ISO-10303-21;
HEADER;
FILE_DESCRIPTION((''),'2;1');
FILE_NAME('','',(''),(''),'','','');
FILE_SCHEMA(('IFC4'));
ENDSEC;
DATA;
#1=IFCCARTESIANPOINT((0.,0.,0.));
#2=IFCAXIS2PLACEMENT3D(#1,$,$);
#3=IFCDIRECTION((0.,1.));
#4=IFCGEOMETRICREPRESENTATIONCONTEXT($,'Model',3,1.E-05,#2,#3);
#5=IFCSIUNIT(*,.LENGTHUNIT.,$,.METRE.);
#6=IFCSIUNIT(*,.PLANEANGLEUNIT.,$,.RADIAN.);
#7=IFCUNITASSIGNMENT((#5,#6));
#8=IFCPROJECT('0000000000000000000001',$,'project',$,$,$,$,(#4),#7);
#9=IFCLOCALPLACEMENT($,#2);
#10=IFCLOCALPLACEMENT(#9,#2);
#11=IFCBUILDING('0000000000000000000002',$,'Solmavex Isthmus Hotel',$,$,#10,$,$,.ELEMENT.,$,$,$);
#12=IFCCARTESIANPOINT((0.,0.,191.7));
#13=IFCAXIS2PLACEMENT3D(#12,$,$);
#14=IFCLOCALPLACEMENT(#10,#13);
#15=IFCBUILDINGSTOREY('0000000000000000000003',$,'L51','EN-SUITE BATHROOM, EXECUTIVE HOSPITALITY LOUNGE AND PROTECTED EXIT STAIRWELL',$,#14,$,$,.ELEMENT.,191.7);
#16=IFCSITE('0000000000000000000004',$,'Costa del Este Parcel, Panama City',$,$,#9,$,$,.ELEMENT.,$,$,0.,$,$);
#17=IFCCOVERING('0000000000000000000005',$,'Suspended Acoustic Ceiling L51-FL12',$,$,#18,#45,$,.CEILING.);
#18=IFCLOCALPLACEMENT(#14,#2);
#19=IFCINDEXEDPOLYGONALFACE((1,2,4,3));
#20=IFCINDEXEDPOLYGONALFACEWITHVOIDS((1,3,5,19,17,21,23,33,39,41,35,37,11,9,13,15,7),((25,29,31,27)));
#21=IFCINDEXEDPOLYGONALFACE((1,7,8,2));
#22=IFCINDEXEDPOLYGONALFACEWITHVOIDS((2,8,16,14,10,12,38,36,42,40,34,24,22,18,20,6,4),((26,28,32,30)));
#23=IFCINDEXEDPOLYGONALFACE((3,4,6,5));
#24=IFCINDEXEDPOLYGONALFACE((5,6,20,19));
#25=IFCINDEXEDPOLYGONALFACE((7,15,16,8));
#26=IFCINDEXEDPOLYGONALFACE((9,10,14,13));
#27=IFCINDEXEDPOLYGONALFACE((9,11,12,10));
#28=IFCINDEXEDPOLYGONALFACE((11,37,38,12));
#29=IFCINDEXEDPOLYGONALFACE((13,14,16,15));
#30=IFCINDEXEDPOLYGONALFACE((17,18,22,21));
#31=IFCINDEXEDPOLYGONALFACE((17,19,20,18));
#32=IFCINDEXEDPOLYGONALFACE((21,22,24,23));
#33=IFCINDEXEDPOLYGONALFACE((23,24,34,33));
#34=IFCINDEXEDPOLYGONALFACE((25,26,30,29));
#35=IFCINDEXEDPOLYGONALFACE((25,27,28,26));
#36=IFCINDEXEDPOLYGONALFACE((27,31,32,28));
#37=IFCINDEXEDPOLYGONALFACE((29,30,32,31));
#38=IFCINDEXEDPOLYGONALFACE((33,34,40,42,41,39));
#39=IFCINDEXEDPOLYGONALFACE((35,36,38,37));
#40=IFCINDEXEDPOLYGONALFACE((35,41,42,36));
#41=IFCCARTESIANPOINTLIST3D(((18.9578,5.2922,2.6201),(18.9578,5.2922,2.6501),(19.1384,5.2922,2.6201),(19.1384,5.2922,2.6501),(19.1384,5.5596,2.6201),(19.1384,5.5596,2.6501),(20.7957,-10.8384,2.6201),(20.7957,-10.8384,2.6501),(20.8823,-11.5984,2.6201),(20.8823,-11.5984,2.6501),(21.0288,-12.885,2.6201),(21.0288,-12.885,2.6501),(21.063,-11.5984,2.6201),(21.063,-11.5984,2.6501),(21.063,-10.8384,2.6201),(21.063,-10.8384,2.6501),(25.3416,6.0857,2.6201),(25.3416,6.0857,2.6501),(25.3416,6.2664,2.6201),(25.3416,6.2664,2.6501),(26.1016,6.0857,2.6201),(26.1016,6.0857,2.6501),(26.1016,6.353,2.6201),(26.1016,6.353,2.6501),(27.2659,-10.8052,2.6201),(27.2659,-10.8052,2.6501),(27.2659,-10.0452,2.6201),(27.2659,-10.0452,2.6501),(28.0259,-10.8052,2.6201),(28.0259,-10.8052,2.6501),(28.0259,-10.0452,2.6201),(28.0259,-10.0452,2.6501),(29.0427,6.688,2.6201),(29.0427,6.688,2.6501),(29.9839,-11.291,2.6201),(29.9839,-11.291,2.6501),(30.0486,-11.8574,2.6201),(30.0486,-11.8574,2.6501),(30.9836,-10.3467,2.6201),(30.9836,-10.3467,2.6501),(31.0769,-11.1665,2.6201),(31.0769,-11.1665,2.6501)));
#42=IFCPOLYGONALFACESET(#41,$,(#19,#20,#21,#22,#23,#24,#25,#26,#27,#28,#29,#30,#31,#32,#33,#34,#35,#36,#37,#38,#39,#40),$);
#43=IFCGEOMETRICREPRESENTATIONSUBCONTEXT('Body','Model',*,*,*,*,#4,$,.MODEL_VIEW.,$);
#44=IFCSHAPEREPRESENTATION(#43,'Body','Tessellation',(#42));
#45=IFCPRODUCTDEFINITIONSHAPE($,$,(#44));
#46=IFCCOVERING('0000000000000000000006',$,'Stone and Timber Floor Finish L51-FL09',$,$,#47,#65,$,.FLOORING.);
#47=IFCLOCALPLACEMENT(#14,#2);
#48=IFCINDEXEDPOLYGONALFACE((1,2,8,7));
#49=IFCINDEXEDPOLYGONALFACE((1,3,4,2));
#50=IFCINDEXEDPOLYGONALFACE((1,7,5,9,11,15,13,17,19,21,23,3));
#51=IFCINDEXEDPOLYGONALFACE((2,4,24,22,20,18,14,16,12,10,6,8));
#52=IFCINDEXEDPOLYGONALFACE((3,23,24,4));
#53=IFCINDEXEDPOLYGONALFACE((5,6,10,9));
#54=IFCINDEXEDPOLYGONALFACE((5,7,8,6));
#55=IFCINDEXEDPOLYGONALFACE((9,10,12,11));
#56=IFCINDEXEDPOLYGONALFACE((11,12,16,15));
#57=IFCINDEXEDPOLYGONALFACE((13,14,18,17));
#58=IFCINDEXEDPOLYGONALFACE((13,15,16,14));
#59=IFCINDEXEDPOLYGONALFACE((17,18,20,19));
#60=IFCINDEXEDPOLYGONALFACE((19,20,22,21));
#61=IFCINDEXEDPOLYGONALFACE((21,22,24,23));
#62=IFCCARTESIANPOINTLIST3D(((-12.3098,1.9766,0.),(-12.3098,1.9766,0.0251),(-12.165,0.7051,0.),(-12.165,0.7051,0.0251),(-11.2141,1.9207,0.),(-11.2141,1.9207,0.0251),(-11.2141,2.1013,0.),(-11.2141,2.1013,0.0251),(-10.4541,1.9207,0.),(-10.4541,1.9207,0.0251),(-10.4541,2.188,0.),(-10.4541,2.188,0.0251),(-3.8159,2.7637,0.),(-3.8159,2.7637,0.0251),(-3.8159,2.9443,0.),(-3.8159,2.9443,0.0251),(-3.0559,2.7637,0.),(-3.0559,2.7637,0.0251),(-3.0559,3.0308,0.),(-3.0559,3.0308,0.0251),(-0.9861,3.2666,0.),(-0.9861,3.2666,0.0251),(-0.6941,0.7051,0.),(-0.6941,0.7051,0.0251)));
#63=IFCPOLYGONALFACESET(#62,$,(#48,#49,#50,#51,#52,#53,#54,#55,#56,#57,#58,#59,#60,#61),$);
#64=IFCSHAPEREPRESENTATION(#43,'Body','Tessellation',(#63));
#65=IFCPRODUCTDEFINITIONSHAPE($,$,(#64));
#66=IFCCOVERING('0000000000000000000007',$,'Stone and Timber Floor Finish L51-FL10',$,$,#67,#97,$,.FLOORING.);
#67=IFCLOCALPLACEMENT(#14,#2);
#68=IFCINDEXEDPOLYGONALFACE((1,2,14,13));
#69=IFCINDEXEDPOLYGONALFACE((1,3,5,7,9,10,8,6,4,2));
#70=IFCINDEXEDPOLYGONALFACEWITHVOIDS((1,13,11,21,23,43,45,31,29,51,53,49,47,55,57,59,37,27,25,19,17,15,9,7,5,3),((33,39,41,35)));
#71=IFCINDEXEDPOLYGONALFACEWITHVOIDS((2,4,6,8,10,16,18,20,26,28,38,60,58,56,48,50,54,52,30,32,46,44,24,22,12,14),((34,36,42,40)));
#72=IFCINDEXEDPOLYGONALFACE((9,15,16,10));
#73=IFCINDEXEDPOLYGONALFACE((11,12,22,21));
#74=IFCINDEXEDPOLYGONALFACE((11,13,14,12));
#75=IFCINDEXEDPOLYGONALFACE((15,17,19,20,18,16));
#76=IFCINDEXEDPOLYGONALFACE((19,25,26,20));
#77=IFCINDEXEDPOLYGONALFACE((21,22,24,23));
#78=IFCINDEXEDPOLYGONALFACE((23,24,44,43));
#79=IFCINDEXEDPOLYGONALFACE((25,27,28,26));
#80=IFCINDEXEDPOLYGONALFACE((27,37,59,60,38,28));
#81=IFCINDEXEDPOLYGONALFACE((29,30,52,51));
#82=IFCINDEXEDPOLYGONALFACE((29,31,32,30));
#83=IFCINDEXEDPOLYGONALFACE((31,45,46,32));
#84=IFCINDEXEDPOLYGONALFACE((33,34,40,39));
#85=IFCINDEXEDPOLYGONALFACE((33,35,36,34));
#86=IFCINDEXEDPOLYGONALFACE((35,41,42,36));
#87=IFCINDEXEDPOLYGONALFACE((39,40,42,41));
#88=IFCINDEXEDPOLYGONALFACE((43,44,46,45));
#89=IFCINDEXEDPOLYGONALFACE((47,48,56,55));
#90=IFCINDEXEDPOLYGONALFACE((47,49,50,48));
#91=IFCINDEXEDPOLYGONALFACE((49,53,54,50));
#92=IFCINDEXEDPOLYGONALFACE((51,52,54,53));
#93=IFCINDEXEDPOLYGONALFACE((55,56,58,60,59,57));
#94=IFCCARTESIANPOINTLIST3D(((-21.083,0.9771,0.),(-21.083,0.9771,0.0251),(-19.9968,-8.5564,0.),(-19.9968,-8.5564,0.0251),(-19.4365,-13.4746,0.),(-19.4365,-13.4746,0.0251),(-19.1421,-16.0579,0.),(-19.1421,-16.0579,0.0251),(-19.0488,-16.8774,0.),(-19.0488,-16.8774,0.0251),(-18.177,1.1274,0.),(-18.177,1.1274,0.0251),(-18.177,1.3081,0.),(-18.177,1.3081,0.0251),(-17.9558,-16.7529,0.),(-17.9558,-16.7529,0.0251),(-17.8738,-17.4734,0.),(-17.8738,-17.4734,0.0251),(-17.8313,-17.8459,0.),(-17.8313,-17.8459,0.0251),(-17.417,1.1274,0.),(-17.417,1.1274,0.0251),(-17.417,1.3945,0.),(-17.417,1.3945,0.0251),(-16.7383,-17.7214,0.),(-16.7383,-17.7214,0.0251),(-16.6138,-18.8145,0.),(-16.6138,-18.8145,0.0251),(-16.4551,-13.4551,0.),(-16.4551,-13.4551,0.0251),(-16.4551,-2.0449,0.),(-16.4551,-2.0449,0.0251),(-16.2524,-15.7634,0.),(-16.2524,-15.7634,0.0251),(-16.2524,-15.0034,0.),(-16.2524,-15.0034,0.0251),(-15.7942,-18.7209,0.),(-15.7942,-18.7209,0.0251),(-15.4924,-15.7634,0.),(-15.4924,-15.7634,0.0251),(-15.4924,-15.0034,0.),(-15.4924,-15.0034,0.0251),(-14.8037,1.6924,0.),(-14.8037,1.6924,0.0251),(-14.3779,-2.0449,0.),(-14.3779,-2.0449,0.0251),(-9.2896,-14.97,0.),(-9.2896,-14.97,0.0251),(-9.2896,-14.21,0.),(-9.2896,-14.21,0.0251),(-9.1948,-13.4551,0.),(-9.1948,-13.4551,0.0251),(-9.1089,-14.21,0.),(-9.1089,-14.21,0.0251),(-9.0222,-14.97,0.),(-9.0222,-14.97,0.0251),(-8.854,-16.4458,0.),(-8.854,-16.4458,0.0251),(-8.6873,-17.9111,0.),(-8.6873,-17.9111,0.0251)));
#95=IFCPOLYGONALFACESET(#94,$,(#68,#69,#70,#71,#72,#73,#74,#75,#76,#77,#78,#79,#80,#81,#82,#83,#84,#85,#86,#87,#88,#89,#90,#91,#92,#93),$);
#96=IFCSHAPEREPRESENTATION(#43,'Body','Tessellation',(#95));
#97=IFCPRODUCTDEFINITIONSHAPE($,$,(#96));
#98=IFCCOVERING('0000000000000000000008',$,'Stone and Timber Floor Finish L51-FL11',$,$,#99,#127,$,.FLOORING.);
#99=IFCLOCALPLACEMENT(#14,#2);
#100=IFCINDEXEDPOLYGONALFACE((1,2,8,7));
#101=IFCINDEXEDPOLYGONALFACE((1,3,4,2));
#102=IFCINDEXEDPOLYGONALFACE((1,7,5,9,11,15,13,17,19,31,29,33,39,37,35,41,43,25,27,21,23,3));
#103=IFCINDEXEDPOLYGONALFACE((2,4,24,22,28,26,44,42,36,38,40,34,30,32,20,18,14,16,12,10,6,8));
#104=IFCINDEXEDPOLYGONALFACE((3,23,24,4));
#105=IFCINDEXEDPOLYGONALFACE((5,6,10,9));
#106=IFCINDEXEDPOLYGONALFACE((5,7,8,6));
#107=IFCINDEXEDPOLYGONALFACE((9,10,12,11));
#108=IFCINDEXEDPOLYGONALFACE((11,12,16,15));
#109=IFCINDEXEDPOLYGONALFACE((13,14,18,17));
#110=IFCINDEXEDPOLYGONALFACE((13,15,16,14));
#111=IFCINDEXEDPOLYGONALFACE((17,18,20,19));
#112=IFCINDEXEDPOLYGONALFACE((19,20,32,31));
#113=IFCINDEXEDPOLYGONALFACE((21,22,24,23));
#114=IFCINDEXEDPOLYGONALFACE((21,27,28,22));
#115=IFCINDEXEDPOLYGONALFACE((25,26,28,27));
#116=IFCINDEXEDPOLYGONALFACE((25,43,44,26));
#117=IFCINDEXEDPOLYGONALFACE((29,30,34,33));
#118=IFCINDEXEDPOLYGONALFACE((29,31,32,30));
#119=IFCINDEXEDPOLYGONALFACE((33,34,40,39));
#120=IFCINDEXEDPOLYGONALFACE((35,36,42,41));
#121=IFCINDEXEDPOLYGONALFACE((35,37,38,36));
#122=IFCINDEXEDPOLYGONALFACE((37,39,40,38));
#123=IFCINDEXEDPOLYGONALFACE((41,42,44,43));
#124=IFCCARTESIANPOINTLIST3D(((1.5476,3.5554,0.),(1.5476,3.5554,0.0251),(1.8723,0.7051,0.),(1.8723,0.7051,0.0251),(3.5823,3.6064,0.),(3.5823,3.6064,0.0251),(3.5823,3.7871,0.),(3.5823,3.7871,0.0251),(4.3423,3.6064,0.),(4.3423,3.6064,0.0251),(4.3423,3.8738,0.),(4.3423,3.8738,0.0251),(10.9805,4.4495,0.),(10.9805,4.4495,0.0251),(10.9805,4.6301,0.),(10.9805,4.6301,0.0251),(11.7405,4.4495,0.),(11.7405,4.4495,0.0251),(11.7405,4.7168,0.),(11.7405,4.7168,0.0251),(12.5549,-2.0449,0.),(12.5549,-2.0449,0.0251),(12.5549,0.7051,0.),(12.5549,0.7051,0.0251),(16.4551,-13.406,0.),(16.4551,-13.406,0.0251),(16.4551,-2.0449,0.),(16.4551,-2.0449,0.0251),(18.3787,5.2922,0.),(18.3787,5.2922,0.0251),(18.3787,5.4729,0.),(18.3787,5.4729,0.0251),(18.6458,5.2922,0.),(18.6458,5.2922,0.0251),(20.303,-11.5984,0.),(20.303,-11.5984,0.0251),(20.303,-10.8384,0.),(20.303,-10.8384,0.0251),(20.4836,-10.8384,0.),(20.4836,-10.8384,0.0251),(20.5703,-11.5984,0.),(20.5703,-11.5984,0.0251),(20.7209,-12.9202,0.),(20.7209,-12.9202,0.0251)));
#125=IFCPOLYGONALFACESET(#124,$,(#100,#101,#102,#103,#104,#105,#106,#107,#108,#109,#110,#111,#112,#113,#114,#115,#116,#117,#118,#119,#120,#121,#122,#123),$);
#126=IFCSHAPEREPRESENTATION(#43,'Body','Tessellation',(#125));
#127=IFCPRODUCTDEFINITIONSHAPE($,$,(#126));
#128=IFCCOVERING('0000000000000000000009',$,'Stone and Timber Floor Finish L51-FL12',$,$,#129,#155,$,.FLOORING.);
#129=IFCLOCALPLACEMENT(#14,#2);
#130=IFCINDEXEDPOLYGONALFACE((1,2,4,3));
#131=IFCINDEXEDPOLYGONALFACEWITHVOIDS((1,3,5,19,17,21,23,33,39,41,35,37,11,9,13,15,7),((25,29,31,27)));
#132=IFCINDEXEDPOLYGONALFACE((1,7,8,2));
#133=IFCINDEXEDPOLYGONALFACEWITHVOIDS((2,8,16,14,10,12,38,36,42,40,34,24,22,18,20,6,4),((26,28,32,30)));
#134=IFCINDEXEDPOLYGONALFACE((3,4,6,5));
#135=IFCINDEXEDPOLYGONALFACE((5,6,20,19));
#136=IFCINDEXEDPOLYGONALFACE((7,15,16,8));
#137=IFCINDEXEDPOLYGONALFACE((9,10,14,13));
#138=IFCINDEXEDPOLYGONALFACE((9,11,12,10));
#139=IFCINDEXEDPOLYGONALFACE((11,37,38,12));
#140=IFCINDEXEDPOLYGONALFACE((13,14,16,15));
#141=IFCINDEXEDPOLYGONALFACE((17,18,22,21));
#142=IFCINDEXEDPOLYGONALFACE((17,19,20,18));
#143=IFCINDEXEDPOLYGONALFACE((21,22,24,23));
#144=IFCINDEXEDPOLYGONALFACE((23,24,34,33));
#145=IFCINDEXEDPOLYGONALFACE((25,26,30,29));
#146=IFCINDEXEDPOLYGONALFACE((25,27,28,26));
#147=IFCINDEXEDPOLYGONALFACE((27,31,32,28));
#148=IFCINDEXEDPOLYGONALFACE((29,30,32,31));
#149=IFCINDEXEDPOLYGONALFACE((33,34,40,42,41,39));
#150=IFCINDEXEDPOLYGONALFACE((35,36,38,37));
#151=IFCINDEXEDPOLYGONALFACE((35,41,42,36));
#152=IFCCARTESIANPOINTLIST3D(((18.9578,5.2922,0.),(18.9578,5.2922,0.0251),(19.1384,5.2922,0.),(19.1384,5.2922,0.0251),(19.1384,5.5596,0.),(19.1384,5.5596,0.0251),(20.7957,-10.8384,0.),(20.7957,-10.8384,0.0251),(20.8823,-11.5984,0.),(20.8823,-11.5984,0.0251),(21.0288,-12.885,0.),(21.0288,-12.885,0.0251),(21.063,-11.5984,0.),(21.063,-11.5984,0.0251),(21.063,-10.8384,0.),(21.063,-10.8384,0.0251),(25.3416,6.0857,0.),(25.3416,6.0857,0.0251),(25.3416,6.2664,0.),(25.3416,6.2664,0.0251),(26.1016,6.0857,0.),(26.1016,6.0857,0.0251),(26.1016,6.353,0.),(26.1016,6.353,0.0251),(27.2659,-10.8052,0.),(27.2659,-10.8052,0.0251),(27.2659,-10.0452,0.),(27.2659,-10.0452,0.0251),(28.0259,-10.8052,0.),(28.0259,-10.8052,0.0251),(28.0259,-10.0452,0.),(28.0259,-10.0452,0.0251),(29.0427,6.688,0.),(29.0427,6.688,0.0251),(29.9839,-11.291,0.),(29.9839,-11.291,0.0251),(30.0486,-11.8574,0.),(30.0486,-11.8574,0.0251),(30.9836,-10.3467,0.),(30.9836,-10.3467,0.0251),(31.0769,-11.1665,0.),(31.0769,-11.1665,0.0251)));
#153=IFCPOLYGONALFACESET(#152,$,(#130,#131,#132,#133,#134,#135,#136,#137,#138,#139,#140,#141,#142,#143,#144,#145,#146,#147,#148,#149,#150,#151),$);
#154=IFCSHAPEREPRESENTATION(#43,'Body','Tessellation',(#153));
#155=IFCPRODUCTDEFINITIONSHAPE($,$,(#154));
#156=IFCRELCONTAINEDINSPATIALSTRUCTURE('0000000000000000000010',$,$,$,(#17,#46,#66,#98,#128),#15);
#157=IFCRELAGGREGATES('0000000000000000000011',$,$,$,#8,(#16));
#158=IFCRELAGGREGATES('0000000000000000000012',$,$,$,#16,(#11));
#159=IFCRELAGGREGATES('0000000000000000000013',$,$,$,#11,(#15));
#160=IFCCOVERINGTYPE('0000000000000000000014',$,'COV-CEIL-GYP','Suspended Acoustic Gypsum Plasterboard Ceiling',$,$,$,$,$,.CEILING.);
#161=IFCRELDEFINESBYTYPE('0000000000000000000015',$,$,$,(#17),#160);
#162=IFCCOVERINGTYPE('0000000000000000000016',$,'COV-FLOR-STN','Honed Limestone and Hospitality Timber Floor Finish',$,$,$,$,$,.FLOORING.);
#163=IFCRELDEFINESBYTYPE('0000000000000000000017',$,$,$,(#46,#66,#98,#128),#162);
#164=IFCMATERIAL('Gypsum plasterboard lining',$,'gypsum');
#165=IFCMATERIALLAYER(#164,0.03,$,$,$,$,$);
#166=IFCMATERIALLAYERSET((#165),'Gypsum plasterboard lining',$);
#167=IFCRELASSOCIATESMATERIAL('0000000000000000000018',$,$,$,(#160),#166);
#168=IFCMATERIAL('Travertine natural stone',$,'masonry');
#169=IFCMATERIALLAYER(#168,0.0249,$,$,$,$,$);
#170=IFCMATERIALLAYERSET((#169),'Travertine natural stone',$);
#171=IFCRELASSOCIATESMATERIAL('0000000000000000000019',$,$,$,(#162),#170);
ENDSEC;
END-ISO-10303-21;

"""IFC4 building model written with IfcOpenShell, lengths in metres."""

from ifc_helpers import new_model, si_unit, direction, frame, origin, place, context, subcontext, project, spatial, polyline, outline, extrude, material, layer, layer_set, type_object, element, save


model = new_model("IFC4")

# Units and contexts
model_context = context("Model", 3, precision=1e-05, world=origin(), true_north=direction((0.0, 1.0)))
body_context = subcontext(model_context, "Body", "Model", "MODEL_VIEW")
ifc_project = project(units=[si_unit("LENGTHUNIT", "METRE"), si_unit("PLANEANGLEUNIT", "RADIAN")], contexts=[model_context])

# Site, building, storey
site_placement = place(None, origin())
site = spatial("IfcSite", under=ifc_project, at=site_placement, Name="Costa del Este Parcel, Panama City", CompositionType="ELEMENT", RefElevation=0.0)
building_placement = place(site_placement, origin())
building = spatial("IfcBuilding", under=site, at=building_placement, Name="Solmavex Isthmus Hotel", CompositionType="ELEMENT")
storey_placement = place(building_placement, frame((0.0, 0.0, 191.7)))
storey = spatial("IfcBuildingStorey", under=building, at=storey_placement, Name="L51", Description="EN-SUITE BATHROOM, EXECUTIVE HOSPITALITY LOUNGE AND PROTECTED EXIT STAIRWELL", CompositionType="ELEMENT", Elevation=191.7)

# Shared definitions
ifc_material_1 = material(Name="Gypsum plasterboard lining", Category="gypsum")

# Coverings
ifc_layer_1 = layer(ifc_material_1, 0.03)
ifc_layer_set_1 = layer_set([ifc_layer_1], Name="Gypsum plasterboard lining")
covering_type_1 = type_object("IfcCoveringType", Name="COV-CEIL-GYP", Description="Suspended Acoustic Gypsum Plasterboard Ceiling", PredefinedType="CEILING", material=ifc_layer_set_1)
covering_1_placement = place(storey_placement, frame((0.0, 0.0, 2.6201)))
element("IfcCovering", 1, at=covering_1_placement, inside=storey, type_object=covering_type_1, Name="Suspended Acoustic Ceiling L51-FL12", PredefinedType="CEILING", context=body_context, shape_type="SweptSolid", body=[
    extrude(outline(polyline([(20.7957, -10.8384), (21.063, -10.8384), (21.063, -11.5984), (20.8823, -11.5984), (21.0288, -12.885), (30.0486, -11.8574), (29.9839, -11.291), (31.0769, -11.1665), (30.9836, -10.3467), (29.0427, 6.688), (26.1016, 6.353), (26.1016, 6.0857), (25.3416, 6.0857), (25.3416, 6.2664), (19.1384, 5.5596), (19.1384, 5.2922), (18.9578, 5.2922), (20.7957, -10.8384)]), holes=[polyline([(27.2659, -10.8052), (27.2659, -10.0452), (28.0259, -10.0452), (28.0259, -10.8052), (27.2659, -10.8052)])]), origin(), (0.0, 0.0, 1.0), 0.03),
])
ifc_material_2 = material(Name="Travertine natural stone", Category="masonry")
ifc_layer_2 = layer(ifc_material_2, 0.0249)
ifc_layer_set_2 = layer_set([ifc_layer_2], Name="Travertine natural stone")
covering_type_2 = type_object("IfcCoveringType", Name="COV-FLOR-STN", Description="Honed Limestone and Hospitality Timber Floor Finish", PredefinedType="FLOORING", material=ifc_layer_set_2)
covering_2_placement = place(storey_placement, origin())
element("IfcCovering", 2, at=covering_2_placement, inside=storey, type_object=covering_type_2, Name="Stone and Timber Floor Finish L51-FL09", PredefinedType="FLOORING", context=body_context, shape_type="SweptSolid", body=[
    extrude(outline(polyline([(-10.4541, 2.188), (-10.4541, 1.9207), (-11.2141, 1.9207), (-11.2141, 2.1013), (-12.3098, 1.9766), (-12.165, 0.7051), (-0.6941, 0.7051), (-0.9861, 3.2666), (-3.0559, 3.0308), (-3.0559, 2.7637), (-3.8159, 2.7637), (-3.8159, 2.9443), (-10.4541, 2.188)])), origin(), (0.0, 0.0, 1.0), 0.0251),
])
covering_3_placement = place(storey_placement, origin())
element("IfcCovering", 3, at=covering_3_placement, inside=storey, type_object=covering_type_2, Name="Stone and Timber Floor Finish L51-FL10", PredefinedType="FLOORING", context=body_context, shape_type="SweptSolid", body=[
    extrude(outline(polyline([(-17.417, 1.3945), (-17.417, 1.1274), (-18.177, 1.1274), (-18.177, 1.3081), (-21.083, 0.9771), (-19.9968, -8.5564), (-19.4365, -13.4746), (-19.1421, -16.0579), (-19.0488, -16.8774), (-17.9558, -16.7529), (-17.8738, -17.4734), (-17.8313, -17.8459), (-16.7383, -17.7214), (-16.6138, -18.8145), (-15.7942, -18.7209), (-8.6873, -17.9111), (-8.854, -16.4458), (-9.0222, -14.97), (-9.2896, -14.97), (-9.2896, -14.21), (-9.1089, -14.21), (-9.1948, -13.4551), (-16.4551, -13.4551), (-16.4551, -2.0449), (-14.3779, -2.0449), (-14.8037, 1.6924), (-17.417, 1.3945)]), holes=[polyline([(-16.2524, -15.7634), (-16.2524, -15.0034), (-15.4924, -15.0034), (-15.4924, -15.7634), (-16.2524, -15.7634)])]), origin(), (0.0, 0.0, 1.0), 0.0251),
])
covering_4_placement = place(storey_placement, origin())
element("IfcCovering", 4, at=covering_4_placement, inside=storey, type_object=covering_type_2, Name="Stone and Timber Floor Finish L51-FL11", PredefinedType="FLOORING", context=body_context, shape_type="SweptSolid", body=[
    extrude(outline(polyline([(4.3423, 3.8738), (4.3423, 3.6064), (3.5823, 3.6064), (3.5823, 3.7871), (1.5476, 3.5554), (1.8723, 0.7051), (12.5549, 0.7051), (12.5549, -2.0449), (16.4551, -2.0449), (16.4551, -13.406), (20.7209, -12.9202), (20.5703, -11.5984), (20.303, -11.5984), (20.303, -10.8384), (20.4836, -10.8384), (18.6458, 5.2922), (18.3787, 5.2922), (18.3787, 5.4729), (11.7405, 4.7168), (11.7405, 4.4495), (10.9805, 4.4495), (10.9805, 4.6301), (4.3423, 3.8738)])), origin(), (0.0, 0.0, 1.0), 0.0251),
])
covering_5_placement = place(storey_placement, origin())
element("IfcCovering", 5, at=covering_5_placement, inside=storey, type_object=covering_type_2, Name="Stone and Timber Floor Finish L51-FL12", PredefinedType="FLOORING", context=body_context, shape_type="SweptSolid", body=[
    extrude(outline(polyline([(20.7957, -10.8384), (21.063, -10.8384), (21.063, -11.5984), (20.8823, -11.5984), (21.0288, -12.885), (30.0486, -11.8574), (29.9839, -11.291), (31.0769, -11.1665), (30.9836, -10.3467), (29.0427, 6.688), (26.1016, 6.353), (26.1016, 6.0857), (25.3416, 6.0857), (25.3416, 6.2664), (19.1384, 5.5596), (19.1384, 5.2922), (18.9578, 5.2922), (20.7957, -10.8384)]), holes=[polyline([(27.2659, -10.8052), (27.2659, -10.0452), (28.0259, -10.0452), (28.0259, -10.8052), (27.2659, -10.8052)])]), origin(), (0.0, 0.0, 1.0), 0.0251),
])

save(model, "model.ifc")
